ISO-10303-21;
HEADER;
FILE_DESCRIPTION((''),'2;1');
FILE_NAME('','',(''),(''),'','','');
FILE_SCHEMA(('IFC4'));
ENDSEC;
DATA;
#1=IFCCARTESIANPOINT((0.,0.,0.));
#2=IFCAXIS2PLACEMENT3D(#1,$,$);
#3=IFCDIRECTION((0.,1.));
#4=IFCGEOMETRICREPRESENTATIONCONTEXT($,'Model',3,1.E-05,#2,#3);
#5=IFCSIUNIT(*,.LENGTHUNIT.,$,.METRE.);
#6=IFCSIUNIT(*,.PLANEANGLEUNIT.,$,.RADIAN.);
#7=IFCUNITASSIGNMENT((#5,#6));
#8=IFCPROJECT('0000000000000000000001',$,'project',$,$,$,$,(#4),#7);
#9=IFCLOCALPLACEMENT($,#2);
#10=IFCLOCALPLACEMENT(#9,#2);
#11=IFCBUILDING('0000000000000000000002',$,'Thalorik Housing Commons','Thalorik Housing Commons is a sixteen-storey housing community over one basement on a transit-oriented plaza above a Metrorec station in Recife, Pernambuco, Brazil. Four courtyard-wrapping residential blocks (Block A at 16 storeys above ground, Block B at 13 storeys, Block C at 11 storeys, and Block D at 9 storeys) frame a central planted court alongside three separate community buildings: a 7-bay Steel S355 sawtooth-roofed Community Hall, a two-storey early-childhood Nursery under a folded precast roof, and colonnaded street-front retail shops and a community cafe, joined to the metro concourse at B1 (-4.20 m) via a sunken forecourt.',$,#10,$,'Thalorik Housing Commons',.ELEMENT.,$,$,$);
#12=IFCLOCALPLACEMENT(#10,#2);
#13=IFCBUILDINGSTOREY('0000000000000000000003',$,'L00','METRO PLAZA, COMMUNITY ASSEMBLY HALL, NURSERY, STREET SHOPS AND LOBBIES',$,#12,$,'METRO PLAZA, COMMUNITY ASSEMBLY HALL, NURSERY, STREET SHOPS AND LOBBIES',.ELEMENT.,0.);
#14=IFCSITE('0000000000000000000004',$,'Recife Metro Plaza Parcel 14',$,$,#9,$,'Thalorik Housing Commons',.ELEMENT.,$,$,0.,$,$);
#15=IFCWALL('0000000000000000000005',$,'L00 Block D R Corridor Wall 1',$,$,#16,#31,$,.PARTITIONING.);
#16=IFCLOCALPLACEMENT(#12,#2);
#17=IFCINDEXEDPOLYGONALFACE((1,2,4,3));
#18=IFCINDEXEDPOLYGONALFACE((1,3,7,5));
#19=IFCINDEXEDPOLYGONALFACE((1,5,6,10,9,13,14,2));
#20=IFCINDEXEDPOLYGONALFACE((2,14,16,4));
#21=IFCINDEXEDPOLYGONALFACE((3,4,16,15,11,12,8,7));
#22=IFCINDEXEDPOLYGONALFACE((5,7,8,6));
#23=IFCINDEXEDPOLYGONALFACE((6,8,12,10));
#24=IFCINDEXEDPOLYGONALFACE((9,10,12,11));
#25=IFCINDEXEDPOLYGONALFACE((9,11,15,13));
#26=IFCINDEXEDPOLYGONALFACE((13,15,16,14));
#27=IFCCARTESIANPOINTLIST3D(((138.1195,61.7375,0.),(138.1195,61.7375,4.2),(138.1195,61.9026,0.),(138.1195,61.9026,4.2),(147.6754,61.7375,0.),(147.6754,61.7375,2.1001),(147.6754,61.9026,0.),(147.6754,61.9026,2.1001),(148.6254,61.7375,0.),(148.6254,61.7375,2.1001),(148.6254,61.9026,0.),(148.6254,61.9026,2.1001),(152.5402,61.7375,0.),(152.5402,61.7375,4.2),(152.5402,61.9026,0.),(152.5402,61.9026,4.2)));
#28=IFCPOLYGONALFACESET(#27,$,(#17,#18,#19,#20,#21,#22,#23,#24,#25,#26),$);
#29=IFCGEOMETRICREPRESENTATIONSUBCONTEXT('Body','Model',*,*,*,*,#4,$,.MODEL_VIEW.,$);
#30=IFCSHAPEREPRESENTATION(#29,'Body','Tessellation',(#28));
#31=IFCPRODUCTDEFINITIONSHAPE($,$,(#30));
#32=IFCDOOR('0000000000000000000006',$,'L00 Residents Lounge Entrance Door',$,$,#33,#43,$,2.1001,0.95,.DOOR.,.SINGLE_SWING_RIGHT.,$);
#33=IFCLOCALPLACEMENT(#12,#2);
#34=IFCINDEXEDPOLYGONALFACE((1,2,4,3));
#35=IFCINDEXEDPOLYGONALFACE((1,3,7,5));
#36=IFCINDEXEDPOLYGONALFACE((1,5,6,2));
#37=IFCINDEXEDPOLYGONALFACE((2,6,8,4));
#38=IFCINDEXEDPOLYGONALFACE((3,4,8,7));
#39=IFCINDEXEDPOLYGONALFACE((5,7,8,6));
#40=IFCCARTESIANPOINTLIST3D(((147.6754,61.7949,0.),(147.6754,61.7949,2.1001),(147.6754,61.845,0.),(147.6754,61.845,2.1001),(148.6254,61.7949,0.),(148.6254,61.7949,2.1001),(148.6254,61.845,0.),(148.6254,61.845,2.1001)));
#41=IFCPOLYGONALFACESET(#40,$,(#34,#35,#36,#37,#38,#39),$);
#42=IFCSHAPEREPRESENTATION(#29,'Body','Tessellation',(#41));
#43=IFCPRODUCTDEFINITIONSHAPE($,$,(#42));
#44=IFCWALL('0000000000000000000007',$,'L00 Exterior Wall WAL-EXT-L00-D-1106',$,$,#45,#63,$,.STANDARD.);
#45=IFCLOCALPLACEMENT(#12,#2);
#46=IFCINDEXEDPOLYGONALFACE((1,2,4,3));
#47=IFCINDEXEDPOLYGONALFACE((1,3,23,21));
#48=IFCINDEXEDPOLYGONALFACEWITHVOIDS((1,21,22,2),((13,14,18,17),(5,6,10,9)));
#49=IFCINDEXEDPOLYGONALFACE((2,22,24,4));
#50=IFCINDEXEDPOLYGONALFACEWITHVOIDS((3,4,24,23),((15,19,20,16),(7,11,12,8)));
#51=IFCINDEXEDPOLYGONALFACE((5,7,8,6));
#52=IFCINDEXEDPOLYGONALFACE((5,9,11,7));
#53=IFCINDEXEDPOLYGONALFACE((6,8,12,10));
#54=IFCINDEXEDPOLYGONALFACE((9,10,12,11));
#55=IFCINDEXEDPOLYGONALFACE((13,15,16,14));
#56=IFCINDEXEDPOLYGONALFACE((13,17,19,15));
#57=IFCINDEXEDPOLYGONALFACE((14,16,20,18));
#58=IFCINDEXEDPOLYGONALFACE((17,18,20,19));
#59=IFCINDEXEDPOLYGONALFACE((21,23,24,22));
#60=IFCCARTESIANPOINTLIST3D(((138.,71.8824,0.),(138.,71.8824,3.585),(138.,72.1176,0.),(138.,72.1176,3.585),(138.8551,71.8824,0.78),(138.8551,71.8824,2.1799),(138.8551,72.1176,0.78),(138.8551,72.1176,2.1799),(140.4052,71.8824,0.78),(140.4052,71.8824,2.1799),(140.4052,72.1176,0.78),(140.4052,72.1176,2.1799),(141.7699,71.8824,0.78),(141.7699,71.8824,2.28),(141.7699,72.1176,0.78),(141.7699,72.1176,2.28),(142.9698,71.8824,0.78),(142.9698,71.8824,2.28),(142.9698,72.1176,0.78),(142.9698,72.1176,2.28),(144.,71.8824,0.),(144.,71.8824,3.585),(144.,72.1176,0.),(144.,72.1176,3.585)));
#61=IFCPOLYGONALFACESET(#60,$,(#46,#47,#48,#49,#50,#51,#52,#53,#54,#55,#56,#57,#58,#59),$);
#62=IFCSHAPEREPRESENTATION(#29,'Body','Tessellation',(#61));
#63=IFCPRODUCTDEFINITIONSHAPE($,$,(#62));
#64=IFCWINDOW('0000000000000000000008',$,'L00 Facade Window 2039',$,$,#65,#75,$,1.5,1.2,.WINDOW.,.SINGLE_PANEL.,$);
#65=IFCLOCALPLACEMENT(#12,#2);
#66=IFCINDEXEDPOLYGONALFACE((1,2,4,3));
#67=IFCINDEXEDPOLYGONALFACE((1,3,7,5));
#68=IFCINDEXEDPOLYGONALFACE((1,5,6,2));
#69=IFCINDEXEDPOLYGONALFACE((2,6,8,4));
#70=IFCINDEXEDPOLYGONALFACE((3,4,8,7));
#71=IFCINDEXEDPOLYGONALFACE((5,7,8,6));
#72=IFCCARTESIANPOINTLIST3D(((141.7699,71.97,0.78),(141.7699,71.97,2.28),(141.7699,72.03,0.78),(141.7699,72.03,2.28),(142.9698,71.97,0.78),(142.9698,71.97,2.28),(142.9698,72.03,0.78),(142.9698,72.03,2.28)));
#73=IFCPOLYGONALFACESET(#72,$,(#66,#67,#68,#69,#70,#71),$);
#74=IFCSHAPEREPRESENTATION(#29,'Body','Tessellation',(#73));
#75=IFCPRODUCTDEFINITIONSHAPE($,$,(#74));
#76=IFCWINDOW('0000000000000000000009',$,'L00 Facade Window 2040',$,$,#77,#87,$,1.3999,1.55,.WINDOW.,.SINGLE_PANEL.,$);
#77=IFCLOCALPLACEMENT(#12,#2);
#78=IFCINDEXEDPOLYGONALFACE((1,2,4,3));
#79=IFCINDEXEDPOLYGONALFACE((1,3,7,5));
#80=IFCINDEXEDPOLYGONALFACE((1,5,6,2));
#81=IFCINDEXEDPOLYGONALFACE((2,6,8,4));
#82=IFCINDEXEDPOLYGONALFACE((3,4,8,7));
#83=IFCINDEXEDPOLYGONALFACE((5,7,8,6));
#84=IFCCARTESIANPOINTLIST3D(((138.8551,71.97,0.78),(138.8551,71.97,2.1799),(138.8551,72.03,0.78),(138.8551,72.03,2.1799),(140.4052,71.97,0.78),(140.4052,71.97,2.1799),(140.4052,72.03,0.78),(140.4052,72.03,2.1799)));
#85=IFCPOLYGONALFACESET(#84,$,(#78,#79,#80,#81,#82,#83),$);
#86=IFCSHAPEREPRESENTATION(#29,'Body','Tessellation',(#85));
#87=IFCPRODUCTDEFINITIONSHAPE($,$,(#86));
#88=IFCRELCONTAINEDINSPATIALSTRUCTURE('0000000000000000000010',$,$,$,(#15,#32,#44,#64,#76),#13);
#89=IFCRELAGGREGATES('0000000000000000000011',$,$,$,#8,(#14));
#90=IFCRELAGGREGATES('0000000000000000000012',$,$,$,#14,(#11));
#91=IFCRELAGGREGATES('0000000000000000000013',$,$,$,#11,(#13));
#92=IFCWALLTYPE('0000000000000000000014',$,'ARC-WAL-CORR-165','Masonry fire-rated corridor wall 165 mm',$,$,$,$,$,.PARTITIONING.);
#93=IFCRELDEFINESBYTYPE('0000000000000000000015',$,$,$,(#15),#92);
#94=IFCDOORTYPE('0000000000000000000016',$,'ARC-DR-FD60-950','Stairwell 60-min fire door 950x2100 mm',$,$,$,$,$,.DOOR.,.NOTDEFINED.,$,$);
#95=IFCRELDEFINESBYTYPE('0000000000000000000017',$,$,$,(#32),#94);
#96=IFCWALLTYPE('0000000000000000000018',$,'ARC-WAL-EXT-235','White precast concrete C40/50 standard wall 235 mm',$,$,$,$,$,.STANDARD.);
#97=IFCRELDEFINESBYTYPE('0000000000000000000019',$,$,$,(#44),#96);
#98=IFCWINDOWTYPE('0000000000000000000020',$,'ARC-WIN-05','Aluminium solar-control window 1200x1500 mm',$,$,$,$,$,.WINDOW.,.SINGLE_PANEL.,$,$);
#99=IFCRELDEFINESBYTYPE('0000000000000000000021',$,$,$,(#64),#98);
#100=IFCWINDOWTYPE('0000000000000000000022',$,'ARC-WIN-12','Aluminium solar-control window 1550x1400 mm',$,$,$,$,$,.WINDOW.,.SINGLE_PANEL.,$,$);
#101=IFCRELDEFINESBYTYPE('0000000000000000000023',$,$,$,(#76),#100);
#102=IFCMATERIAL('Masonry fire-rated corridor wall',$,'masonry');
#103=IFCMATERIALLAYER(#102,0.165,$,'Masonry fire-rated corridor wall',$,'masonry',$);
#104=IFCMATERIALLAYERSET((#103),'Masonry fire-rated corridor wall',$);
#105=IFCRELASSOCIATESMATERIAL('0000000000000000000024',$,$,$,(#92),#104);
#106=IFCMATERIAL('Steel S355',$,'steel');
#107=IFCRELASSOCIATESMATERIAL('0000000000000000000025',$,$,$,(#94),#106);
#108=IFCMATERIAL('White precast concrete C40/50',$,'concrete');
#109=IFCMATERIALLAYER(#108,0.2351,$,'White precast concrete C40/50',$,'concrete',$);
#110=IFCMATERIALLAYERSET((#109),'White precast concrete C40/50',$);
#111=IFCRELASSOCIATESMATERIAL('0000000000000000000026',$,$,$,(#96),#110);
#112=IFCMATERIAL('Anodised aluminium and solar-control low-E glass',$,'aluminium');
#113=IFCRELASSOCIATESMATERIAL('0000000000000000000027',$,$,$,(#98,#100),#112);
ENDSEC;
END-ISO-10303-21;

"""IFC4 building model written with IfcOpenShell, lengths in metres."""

from ifc_helpers import new_model, si_unit, direction, frame, frame_2d, origin, place, context, subcontext, project, spatial, rectangle, extrude, material, layer, layer_set, type_object, element, fill, save


model = new_model("IFC4")

# Units and contexts
model_context = context("Model", 3, precision=1e-05, world=origin(), true_north=direction((0.0, 1.0)))
body_context = subcontext(model_context, "Body", "Model", "MODEL_VIEW")
ifc_project = project(units=[si_unit("LENGTHUNIT", "METRE"), si_unit("PLANEANGLEUNIT", "RADIAN")], contexts=[model_context])

# Site, building, storey
site_placement = place(None, origin())
site = spatial("IfcSite", under=ifc_project, at=site_placement, Name="Recife Metro Plaza Parcel 14", LongName="Thalorik Housing Commons", CompositionType="ELEMENT", RefElevation=0.0)
building_placement = place(site_placement, origin())
building = spatial("IfcBuilding", under=site, at=building_placement, Name="Thalorik Housing Commons", Description="Thalorik Housing Commons is a sixteen-storey housing community over one basement on a transit-oriented plaza above a Metrorec station in Recife, Pernambuco, Brazil. Four courtyard-wrapping residential blocks (Block A at 16 storeys above ground, Block B at 13 storeys, Block C at 11 storeys, and Block D at 9 storeys) frame a central planted court alongside three separate community buildings: a 7-bay Steel S355 sawtooth-roofed Community Hall, a two-storey early-childhood Nursery under a folded precast roof, and colonnaded street-front retail shops and a community cafe, joined to the metro concourse at B1 (-4.20 m) via a sunken forecourt.", LongName="Thalorik Housing Commons", CompositionType="ELEMENT")
storey_placement = place(building_placement, origin())
storey = spatial("IfcBuildingStorey", under=building, at=storey_placement, Name="L00", Description="METRO PLAZA, COMMUNITY ASSEMBLY HALL, NURSERY, STREET SHOPS AND LOBBIES", LongName="METRO PLAZA, COMMUNITY ASSEMBLY HALL, NURSERY, STREET SHOPS AND LOBBIES", CompositionType="ELEMENT", Elevation=0.0)

# Wall, opening, door
ifc_material_1 = material(Name="Masonry fire-rated corridor wall", Category="masonry")
ifc_layer_1 = layer(ifc_material_1, 0.165, Name="Masonry fire-rated corridor wall", Category="masonry")
ifc_layer_set_1 = layer_set([ifc_layer_1], Name="Masonry fire-rated corridor wall")
wall_type_1 = type_object("IfcWallType", Name="ARC-WAL-CORR-165", Description="Masonry fire-rated corridor wall 165 mm", PredefinedType="PARTITIONING", material=ifc_layer_set_1)
wall_1_placement = place(storey_placement, frame((138.1194, 61.8201, 0.0), z_axis=(0.0, 0.0, 1.0), x_axis=(1.0, 0.0, 0.0)))
wall_1 = element("IfcWall", 1, at=wall_1_placement, inside=storey, type_object=wall_type_1, Name="L00 Block D R Corridor Wall 1", PredefinedType="PARTITIONING", context=body_context, shape_type="SweptSolid", body=[
    extrude(rectangle(XDim=14.4207, YDim=0.165, at=frame_2d((7.2104, 0.0))), origin(), (0.0, 0.0, 1.0), 4.2),
])
opening_1_placement = place(wall_1_placement, frame((9.5559, 0.0, 0.0)))
opening_1 = element("IfcOpeningElement", 2, at=opening_1_placement, cuts=wall_1, PredefinedType="OPENING", context=body_context, shape_type="SweptSolid", body=[
    extrude(rectangle(XDim=0.95, YDim=2.1001, at=frame_2d((0.4751, 1.05))), frame((0.0, 0.0925, 0.0), z_axis=(0.0, -1.0, 0.0), x_axis=(1.0, 0.0, 0.0)), (0.0, 0.0, 1.0), 0.1851),
])
ifc_material_2 = material(Name="Steel S355", Category="steel")
door_type_1 = type_object("IfcDoorType", Name="ARC-DR-FD60-950", Description="Stairwell 60-min fire door 950x2100 mm", OperationType="NOTDEFINED", PredefinedType="DOOR", material=ifc_material_2)
door_1_placement = place(opening_1_placement, origin())
door_1 = element("IfcDoor", 3, at=door_1_placement, inside=storey, type_object=door_type_1, Name="L00 Residents Lounge Entrance Door", OperationType="SINGLE_SWING_RIGHT", OverallHeight=2.1001, OverallWidth=0.95, PredefinedType="DOOR", context=body_context, shape_type="SweptSolid", body=[
    extrude(rectangle(XDim=0.95, YDim=2.1001, at=frame_2d((0.4751, 1.05))), frame((0.0, 0.0249, 0.0), z_axis=(0.0, -1.0, 0.0), x_axis=(1.0, 0.0, 0.0)), (0.0, 0.0, 1.0), 0.05),
])
fill(opening_1, door_1)

# Wall, openings, windows
ifc_material_3 = material(Name="White precast concrete C40/50", Category="concrete")
ifc_layer_2 = layer(ifc_material_3, 0.2351, Name="White precast concrete C40/50", Category="concrete")
ifc_layer_set_2 = layer_set([ifc_layer_2], Name="White precast concrete C40/50")
wall_type_2 = type_object("IfcWallType", Name="ARC-WAL-EXT-235", Description="White precast concrete C40/50 standard wall 235 mm", PredefinedType="STANDARD", material=ifc_layer_set_2)
wall_2_placement = place(storey_placement, frame((144.0, 72.0, 0.0), z_axis=(0.0, 0.0, 1.0), x_axis=(-1.0, 0.0, 0.0)))
wall_2 = element("IfcWall", 4, at=wall_2_placement, inside=storey, type_object=wall_type_2, Name="L00 Exterior Wall WAL-EXT-L00-D-1106", PredefinedType="STANDARD", context=body_context, shape_type="SweptSolid", body=[
    extrude(rectangle(XDim=6.0, YDim=0.2351, at=frame_2d((3.0, 0.0))), origin(), (0.0, 0.0, 1.0), 3.585),
])
opening_2_placement = place(wall_2_placement, frame((1.03, 0.0, 0.78)))
opening_2 = element("IfcOpeningElement", 5, at=opening_2_placement, cuts=wall_2, PredefinedType="OPENING", context=body_context, shape_type="SweptSolid", body=[
    extrude(rectangle(XDim=1.2, YDim=1.5, at=frame_2d((0.6001, 0.75))), frame((0.0, 0.1274, 0.0), z_axis=(0.0, -1.0, 0.0), x_axis=(1.0, 0.0, 0.0)), (0.0, 0.0, 1.0), 0.2551),
])
opening_3_placement = place(wall_2_placement, frame((3.595, 0.0, 0.78)))
opening_3 = element("IfcOpeningElement", 6, at=opening_3_placement, cuts=wall_2, PredefinedType="OPENING", context=body_context, shape_type="SweptSolid", body=[
    extrude(rectangle(XDim=1.55, YDim=1.3999, at=frame_2d((0.7749, 0.7))), frame((0.0, 0.1274, 0.0), z_axis=(0.0, -1.0, 0.0), x_axis=(1.0, 0.0, 0.0)), (0.0, 0.0, 1.0), 0.2551),
])
ifc_material_4 = material(Name="Anodised aluminium and solar-control low-E glass", Category="aluminium")
window_type_1 = type_object("IfcWindowType", Name="ARC-WIN-05", Description="Aluminium solar-control window 1200x1500 mm", PartitioningType="SINGLE_PANEL", PredefinedType="WINDOW", material=ifc_material_4)
window_1_placement = place(opening_2_placement, origin())
window_1 = element("IfcWindow", 7, at=window_1_placement, inside=storey, type_object=window_type_1, Name="L00 Facade Window 2039", OverallHeight=1.5, OverallWidth=1.2, PartitioningType="SINGLE_PANEL", PredefinedType="WINDOW", context=body_context, shape_type="SweptSolid", body=[
    extrude(rectangle(XDim=1.2, YDim=1.5, at=frame_2d((0.6001, 0.75))), frame((0.0, 0.03, 0.0), z_axis=(0.0, -1.0, 0.0), x_axis=(1.0, 0.0, 0.0)), (0.0, 0.0, 1.0), 0.0601),
])
fill(opening_2, window_1)
window_type_2 = type_object("IfcWindowType", Name="ARC-WIN-12", Description="Aluminium solar-control window 1550x1400 mm", PartitioningType="SINGLE_PANEL", PredefinedType="WINDOW", material=ifc_material_4)
window_2_placement = place(opening_3_placement, origin())
window_2 = element("IfcWindow", 8, at=window_2_placement, inside=storey, type_object=window_type_2, Name="L00 Facade Window 2040", OverallHeight=1.3999, OverallWidth=1.55, PartitioningType="SINGLE_PANEL", PredefinedType="WINDOW", context=body_context, shape_type="SweptSolid", body=[
    extrude(rectangle(XDim=1.55, YDim=1.3999, at=frame_2d((0.7749, 0.7))), frame((0.0, 0.03, 0.0), z_axis=(0.0, -1.0, 0.0), x_axis=(1.0, 0.0, 0.0)), (0.0, 0.0, 1.0), 0.0601),
])
fill(opening_3, window_2)

save(model, "model.ifc")
